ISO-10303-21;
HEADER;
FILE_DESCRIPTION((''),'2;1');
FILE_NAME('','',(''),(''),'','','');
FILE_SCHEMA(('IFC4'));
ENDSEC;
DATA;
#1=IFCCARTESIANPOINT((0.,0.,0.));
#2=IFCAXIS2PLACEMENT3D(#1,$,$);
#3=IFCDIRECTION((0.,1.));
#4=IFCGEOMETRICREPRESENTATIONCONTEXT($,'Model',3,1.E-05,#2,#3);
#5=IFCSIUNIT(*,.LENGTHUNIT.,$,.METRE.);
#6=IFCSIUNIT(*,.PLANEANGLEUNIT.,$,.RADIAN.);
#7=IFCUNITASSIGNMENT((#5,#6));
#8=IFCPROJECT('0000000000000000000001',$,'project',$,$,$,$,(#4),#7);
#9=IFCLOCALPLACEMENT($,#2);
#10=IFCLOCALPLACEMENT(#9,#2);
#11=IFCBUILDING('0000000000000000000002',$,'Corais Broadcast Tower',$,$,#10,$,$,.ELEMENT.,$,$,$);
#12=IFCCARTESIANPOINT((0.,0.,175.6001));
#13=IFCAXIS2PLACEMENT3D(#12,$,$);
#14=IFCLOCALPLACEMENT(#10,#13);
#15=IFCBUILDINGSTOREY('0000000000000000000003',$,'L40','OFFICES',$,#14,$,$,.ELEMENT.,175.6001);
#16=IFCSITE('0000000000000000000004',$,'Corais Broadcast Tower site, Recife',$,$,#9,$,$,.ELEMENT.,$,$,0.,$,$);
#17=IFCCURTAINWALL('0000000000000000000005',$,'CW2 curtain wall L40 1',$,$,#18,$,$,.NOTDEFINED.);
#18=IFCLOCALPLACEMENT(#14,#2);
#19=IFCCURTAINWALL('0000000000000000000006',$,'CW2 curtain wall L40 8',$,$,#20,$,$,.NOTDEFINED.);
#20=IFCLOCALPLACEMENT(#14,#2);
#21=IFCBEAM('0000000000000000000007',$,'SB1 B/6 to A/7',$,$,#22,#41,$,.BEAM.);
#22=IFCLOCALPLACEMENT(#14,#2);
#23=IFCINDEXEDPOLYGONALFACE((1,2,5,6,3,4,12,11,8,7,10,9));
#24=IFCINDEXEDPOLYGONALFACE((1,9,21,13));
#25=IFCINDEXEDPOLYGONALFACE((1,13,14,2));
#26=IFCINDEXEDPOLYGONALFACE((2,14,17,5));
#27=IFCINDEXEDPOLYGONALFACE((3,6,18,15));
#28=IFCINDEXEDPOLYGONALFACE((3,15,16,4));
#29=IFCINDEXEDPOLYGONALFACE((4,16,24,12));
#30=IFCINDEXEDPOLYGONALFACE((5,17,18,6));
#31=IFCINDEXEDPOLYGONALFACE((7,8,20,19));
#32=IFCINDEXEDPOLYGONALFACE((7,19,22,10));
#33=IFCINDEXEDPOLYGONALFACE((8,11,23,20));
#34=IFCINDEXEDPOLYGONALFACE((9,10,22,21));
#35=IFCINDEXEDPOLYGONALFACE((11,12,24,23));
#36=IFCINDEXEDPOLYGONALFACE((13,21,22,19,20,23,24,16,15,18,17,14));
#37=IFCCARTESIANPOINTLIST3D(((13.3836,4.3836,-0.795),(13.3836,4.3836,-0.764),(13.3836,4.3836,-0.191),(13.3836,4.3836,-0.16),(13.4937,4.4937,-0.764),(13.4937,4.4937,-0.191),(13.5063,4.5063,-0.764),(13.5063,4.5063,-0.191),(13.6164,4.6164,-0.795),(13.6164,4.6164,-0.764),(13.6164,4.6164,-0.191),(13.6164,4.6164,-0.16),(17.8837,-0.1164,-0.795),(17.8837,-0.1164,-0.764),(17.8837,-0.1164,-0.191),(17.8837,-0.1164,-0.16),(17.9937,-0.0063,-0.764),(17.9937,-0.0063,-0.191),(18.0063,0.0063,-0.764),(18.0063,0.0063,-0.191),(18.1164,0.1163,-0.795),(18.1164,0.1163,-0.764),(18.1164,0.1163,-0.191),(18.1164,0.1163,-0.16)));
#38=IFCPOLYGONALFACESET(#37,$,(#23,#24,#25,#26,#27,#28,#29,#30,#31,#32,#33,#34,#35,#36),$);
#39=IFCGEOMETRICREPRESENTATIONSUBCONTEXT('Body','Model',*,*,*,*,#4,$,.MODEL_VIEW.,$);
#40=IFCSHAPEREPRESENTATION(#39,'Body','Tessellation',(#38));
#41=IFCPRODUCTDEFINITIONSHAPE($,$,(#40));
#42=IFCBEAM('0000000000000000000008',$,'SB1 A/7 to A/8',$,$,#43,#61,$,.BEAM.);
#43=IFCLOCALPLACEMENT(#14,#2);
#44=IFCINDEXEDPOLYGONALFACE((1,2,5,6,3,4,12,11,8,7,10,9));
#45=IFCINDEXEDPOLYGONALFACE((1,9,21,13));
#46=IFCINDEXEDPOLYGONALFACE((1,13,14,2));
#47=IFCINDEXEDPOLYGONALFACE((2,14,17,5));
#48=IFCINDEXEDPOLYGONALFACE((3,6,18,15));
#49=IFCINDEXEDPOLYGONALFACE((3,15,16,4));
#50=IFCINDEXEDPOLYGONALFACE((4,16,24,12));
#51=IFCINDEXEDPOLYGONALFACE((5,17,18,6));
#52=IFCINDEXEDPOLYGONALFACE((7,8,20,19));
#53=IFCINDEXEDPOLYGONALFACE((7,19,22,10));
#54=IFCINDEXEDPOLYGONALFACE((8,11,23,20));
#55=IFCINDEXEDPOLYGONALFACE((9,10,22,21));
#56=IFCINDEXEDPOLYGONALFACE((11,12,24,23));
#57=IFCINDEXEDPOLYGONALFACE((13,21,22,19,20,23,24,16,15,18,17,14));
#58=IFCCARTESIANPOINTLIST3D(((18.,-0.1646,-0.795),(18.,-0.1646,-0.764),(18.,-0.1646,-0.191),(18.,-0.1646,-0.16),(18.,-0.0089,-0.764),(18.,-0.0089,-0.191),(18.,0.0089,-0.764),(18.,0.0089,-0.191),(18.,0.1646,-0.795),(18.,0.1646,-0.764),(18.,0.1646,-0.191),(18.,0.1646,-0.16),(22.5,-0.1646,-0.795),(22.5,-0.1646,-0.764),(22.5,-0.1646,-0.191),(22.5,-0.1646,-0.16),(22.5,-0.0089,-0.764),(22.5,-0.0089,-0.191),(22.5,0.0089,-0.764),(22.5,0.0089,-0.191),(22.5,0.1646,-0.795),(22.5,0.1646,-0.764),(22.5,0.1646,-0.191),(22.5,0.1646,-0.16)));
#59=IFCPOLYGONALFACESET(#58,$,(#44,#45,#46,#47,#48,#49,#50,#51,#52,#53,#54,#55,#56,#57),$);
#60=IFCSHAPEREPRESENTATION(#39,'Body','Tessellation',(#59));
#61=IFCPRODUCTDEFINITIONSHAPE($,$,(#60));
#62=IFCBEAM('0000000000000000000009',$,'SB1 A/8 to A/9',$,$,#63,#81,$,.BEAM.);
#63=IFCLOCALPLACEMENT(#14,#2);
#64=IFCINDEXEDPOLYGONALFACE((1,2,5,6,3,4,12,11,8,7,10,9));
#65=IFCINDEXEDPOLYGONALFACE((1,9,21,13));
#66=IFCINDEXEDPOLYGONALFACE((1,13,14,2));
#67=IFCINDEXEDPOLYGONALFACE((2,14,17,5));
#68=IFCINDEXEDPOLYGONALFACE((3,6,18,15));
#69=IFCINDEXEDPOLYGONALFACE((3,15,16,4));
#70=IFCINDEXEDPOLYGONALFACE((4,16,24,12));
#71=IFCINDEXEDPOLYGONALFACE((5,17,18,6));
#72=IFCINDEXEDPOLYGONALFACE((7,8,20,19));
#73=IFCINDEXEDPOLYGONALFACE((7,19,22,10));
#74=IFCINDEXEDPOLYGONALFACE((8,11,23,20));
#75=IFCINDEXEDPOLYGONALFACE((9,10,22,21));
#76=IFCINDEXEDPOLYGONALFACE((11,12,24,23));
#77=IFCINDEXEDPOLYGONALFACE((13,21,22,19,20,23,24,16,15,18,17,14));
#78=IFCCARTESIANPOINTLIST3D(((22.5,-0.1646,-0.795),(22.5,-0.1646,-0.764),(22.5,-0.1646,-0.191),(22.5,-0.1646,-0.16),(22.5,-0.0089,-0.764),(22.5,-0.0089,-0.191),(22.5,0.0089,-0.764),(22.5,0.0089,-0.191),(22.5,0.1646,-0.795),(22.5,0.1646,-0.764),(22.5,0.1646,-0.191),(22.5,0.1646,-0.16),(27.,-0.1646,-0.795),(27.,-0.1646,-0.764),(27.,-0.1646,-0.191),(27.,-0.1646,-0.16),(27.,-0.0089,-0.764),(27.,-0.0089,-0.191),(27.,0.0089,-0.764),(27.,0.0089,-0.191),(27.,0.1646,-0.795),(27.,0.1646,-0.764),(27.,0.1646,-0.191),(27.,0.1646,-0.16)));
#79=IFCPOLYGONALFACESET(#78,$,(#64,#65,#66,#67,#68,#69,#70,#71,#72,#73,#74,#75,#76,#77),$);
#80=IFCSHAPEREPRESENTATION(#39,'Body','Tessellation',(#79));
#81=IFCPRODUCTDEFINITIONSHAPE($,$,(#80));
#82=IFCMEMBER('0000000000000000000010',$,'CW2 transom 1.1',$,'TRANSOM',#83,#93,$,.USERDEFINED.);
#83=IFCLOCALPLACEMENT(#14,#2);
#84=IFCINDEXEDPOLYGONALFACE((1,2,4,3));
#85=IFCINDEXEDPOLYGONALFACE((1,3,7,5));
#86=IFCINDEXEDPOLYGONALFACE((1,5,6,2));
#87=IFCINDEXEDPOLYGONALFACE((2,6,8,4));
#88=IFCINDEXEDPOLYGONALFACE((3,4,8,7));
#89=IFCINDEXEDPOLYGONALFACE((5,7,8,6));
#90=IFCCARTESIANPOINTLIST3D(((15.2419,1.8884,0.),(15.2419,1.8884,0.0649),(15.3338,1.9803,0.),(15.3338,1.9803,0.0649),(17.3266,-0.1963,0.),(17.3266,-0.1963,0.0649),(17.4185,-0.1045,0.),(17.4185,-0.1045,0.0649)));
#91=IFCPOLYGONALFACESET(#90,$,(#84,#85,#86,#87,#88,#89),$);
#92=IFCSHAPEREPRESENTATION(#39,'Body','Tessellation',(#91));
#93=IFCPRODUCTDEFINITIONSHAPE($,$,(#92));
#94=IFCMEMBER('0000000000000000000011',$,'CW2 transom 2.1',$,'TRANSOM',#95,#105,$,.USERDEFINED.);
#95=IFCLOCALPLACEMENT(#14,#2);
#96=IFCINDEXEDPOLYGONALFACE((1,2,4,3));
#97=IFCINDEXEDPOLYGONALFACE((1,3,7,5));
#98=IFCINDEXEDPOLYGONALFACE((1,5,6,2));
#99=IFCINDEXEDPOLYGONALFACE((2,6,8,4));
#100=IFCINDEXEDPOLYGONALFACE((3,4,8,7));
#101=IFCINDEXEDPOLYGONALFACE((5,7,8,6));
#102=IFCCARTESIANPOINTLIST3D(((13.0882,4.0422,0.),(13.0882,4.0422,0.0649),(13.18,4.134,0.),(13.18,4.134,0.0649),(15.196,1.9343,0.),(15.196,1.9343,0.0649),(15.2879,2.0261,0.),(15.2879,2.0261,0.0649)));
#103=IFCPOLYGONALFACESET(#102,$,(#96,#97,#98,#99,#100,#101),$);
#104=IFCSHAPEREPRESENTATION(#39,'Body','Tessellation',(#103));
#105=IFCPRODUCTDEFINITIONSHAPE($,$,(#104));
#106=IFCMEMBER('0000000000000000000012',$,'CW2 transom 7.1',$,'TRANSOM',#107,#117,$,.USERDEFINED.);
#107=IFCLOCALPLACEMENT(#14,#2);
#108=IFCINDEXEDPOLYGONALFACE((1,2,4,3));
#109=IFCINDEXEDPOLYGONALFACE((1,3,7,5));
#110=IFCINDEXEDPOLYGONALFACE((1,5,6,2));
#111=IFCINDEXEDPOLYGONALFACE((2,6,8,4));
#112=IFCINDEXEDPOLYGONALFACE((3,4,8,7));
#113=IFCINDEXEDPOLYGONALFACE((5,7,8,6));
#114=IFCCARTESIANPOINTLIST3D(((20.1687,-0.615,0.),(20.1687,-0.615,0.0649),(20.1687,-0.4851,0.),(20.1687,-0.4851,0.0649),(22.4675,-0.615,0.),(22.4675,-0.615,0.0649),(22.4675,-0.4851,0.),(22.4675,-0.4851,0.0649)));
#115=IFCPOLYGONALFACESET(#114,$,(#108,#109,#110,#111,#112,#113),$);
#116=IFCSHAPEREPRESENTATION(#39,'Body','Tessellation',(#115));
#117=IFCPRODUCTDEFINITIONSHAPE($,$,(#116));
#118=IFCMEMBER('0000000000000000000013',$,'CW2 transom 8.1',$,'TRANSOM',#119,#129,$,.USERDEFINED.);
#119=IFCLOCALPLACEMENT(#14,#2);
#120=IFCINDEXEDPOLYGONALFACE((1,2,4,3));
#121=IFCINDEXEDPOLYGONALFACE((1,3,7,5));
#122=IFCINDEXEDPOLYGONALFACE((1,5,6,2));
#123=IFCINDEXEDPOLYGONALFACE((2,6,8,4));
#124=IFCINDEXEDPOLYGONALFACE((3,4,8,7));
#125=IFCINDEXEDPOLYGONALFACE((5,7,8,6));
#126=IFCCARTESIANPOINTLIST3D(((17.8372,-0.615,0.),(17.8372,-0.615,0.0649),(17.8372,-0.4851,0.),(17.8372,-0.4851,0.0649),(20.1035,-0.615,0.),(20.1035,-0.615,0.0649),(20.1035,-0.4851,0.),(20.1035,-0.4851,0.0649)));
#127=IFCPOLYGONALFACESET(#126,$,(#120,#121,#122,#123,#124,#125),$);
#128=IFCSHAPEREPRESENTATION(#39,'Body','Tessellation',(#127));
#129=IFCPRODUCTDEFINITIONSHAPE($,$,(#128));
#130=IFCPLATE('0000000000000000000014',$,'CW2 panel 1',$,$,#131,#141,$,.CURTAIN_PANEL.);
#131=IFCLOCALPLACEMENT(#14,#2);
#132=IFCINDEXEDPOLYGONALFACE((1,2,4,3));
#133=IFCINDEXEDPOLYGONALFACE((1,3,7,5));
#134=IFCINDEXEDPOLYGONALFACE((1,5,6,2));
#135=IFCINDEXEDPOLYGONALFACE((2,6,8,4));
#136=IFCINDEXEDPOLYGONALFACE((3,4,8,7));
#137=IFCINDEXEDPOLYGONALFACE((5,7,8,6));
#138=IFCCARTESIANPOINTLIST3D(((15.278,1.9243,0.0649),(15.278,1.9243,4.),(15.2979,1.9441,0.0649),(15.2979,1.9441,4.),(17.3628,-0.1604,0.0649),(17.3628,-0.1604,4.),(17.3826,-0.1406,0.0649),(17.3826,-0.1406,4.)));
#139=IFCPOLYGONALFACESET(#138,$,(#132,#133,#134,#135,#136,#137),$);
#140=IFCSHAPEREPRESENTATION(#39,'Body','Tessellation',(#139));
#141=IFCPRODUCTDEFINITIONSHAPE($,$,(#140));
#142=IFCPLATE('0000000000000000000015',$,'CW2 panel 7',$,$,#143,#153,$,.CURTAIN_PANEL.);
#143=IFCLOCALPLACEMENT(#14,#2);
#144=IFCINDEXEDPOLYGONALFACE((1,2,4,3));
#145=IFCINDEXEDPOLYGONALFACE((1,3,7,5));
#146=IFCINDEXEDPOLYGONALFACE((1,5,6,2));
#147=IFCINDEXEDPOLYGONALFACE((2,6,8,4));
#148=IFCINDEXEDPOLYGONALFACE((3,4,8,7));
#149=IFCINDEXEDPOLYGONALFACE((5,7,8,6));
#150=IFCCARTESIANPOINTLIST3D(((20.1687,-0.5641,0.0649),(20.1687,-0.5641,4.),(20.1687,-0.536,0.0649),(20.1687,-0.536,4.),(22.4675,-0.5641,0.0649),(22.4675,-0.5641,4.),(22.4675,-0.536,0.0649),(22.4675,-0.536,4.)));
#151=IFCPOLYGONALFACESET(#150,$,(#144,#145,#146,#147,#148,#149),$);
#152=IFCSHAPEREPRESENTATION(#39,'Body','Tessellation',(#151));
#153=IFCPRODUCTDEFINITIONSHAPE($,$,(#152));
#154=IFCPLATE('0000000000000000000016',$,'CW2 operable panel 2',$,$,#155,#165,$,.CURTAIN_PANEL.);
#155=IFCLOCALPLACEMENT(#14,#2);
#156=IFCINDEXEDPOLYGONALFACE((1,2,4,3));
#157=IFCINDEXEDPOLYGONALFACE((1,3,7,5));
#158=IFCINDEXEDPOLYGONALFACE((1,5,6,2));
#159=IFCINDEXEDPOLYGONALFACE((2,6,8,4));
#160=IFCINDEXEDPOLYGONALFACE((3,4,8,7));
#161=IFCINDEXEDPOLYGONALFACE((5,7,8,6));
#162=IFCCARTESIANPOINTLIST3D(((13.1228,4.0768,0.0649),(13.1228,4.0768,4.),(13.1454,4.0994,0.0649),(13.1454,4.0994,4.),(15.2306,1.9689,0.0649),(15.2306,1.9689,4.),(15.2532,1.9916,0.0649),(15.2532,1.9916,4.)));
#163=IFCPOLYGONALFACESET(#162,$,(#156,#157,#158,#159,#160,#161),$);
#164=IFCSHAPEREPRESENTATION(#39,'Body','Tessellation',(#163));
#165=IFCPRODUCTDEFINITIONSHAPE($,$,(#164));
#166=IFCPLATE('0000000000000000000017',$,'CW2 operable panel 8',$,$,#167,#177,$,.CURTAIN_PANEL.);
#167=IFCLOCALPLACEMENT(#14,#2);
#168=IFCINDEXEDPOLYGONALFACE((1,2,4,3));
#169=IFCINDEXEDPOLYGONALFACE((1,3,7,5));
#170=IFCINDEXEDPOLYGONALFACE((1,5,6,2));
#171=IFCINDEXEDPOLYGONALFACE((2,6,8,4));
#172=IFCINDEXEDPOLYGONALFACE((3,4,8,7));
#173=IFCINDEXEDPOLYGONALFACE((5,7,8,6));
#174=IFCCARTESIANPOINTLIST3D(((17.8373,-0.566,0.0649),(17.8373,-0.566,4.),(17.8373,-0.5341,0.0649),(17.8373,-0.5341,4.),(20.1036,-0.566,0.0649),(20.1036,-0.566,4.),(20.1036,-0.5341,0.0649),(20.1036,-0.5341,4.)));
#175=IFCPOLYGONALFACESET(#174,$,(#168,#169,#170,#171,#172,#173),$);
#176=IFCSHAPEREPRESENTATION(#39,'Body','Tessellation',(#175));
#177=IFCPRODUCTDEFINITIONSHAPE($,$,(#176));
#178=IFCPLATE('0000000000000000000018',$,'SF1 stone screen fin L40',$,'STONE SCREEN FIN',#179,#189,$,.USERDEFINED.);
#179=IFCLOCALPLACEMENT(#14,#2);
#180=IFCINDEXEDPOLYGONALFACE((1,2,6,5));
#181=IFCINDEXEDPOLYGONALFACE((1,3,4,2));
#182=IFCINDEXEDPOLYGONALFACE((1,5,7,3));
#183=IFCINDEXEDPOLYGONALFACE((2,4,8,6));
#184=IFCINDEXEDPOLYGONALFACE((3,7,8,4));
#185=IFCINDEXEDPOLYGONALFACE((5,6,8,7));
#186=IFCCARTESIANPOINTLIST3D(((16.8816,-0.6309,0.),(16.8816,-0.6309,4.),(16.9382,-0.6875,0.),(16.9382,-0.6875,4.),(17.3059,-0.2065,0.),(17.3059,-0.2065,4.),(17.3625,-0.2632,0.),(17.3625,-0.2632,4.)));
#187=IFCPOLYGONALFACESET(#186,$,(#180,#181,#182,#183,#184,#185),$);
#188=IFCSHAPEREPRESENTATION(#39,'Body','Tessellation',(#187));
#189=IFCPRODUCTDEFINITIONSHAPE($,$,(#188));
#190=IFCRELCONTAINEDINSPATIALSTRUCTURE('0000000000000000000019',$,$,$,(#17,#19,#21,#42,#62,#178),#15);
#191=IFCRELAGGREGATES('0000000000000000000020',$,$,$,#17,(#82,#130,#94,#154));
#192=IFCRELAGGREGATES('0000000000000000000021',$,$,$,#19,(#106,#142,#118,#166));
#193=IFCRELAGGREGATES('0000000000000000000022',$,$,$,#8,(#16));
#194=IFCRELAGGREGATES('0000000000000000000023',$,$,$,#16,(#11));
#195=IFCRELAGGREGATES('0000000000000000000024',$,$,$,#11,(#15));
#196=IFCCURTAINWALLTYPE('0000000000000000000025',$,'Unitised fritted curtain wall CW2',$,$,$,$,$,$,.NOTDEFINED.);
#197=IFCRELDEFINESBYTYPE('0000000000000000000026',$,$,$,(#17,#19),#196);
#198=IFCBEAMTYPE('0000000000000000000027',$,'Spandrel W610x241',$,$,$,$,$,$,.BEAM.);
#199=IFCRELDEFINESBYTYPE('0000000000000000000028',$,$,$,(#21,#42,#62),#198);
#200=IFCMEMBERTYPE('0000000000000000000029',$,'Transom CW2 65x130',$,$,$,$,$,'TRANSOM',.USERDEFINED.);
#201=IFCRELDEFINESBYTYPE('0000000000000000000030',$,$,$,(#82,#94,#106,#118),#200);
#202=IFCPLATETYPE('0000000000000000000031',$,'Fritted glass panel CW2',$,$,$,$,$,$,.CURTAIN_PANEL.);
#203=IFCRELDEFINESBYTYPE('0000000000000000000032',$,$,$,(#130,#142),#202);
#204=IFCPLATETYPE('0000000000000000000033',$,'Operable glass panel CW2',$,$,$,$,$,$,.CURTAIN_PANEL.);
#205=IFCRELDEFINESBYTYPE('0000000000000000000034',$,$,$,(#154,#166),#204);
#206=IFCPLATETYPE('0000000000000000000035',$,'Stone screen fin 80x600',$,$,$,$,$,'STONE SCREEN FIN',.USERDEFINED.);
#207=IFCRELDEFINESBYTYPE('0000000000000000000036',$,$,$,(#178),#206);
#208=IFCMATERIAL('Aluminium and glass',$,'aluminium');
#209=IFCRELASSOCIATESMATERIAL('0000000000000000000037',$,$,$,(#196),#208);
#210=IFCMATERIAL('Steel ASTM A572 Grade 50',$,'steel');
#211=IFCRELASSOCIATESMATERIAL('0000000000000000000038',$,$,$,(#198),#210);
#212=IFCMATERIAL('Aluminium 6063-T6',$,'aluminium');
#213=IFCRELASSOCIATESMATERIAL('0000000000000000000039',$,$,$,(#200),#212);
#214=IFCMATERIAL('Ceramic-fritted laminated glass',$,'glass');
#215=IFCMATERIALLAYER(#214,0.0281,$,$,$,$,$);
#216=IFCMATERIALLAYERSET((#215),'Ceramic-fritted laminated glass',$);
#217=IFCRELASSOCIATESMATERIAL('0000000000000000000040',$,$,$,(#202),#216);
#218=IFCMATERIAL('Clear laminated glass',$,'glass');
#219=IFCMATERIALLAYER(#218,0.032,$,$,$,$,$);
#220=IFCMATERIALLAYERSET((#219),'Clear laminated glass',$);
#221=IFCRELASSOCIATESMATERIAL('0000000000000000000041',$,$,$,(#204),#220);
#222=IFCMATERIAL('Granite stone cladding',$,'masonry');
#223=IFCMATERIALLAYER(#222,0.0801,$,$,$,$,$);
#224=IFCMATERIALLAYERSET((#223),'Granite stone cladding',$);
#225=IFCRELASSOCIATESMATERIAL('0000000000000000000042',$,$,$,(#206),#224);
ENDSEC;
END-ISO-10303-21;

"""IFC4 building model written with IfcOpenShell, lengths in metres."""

from ifc_helpers import new_model, si_unit, direction, frame, origin, origin_2d, place, context, subcontext, project, spatial, rectangle, i_section, extrude, material, layer, layer_set, material_profile, profile_set, type_object, element, aggregate, save


model = new_model("IFC4")

# Units and contexts
model_context = context("Model", 3, precision=1e-05, world=origin(), true_north=direction((0.0, 1.0)))
body_context = subcontext(model_context, "Body", "Model", "MODEL_VIEW")
ifc_project = project(units=[si_unit("LENGTHUNIT", "METRE"), si_unit("PLANEANGLEUNIT", "RADIAN")], contexts=[model_context])

# Site, building, storey
site_placement = place(None, origin())
site = spatial("IfcSite", under=ifc_project, at=site_placement, Name="Corais Broadcast Tower site, Recife", CompositionType="ELEMENT", RefElevation=0.0)
building_placement = place(site_placement, origin())
building = spatial("IfcBuilding", under=site, at=building_placement, Name="Corais Broadcast Tower", CompositionType="ELEMENT")
storey_placement = place(building_placement, frame((0.0, 0.0, 175.6001)))
storey = spatial("IfcBuildingStorey", under=building, at=storey_placement, Name="L40", Description="OFFICES", CompositionType="ELEMENT", Elevation=175.6001)

# Curtain walls
ifc_material_1 = material(Name="Aluminium and glass", Category="aluminium")
curtain_wall_type = type_object("IfcCurtainWallType", Name="Unitised fritted curtain wall CW2", PredefinedType="NOTDEFINED", material=ifc_material_1)
curtain_wall_1_placement = place(storey_placement, origin())
curtain_wall_1 = element("IfcCurtainWall", 1, at=curtain_wall_1_placement, inside=storey, type_object=curtain_wall_type, Name="CW2 curtain wall L40 1", PredefinedType="NOTDEFINED")
curtain_wall_2_placement = place(storey_placement, origin())
curtain_wall_2 = element("IfcCurtainWall", 2, at=curtain_wall_2_placement, inside=storey, type_object=curtain_wall_type, Name="CW2 curtain wall L40 8", PredefinedType="NOTDEFINED")

# Beams
ifc_material_2 = material(Name="Steel ASTM A572 Grade 50", Category="steel")
ifc_material_profile_1 = material_profile(ifc_material_2, i_section(OverallWidth=0.3291, OverallDepth=0.635, WebThickness=0.0178, FlangeThickness=0.031, at=origin_2d()), Name="W610x241")
ifc_profile_set_1 = profile_set([ifc_material_profile_1], Name="Steel ASTM A572 Grade 50")
beam_type_1 = type_object("IfcBeamType", Name="Spandrel W610x241", PredefinedType="BEAM", material=ifc_profile_set_1)
beam_1_placement = place(storey_placement, frame((13.5, 4.5, -0.4775), z_axis=(0.707107, -0.707107, 0.0), x_axis=(0.707107, 0.707107, 0.0)))
element("IfcBeam", 3, at=beam_1_placement, inside=storey, type_object=beam_type_1, Name="SB1 B/6 to A/7", PredefinedType="BEAM", context=body_context, shape_type="SweptSolid", body=[
    extrude(i_section(OverallWidth=0.3291, OverallDepth=0.635, WebThickness=0.0178, FlangeThickness=0.031, at=origin_2d()), origin(), (0.0, 0.0, 1.0), 6.364),
])
for number, where, z_axis, x_axis, name in (
    (4, (18.0, 0.0, -0.4775), (1.0, 0.0, 0.0), (0.0, 1.0, 0.0), "SB1 A/7 to A/8"),
    (5, (22.5, 0.0, -0.4775), (1.0, 0.0, 0.0), (0.0, 1.0, 0.0), "SB1 A/8 to A/9"),
):
    element("IfcBeam", number, at=place(storey_placement, frame(where, z_axis=z_axis, x_axis=x_axis)), inside=storey, type_object=beam_type_1, Name=name, PredefinedType="BEAM", context=body_context, shape_type="SweptSolid", body=[
        extrude(i_section(OverallWidth=0.3291, OverallDepth=0.635, WebThickness=0.0178, FlangeThickness=0.031, at=origin_2d()), origin(), (0.0, 0.0, 1.0), 4.5),
    ])

# Members
ifc_material_3 = material(Name="Aluminium 6063-T6", Category="aluminium")
ifc_material_profile_2 = material_profile(ifc_material_3, rectangle(XDim=0.1299, YDim=0.0649, at=origin_2d()), Name="Transom CW2 65x130")
ifc_profile_set_2 = profile_set([ifc_material_profile_2], Name="Aluminium 6063-T6")
member_type_1 = type_object("IfcMemberType", Name="Transom CW2 65x130", ElementType="TRANSOM", PredefinedType="USERDEFINED", material=ifc_profile_set_2)
member_1_placement = place(storey_placement, frame((17.3726, -0.1504, 0.0325), z_axis=(-0.707107, 0.707107, 0.0), x_axis=(-0.707107, -0.707107, 0.0)))
member_1 = element("IfcMember", 6, at=member_1_placement, type_object=member_type_1, Name="CW2 transom 1.1", ObjectType="TRANSOM", PredefinedType="USERDEFINED", context=body_context, shape_type="SweptSolid", body=[
    extrude(rectangle(XDim=0.1299, YDim=0.0649, at=origin_2d()), origin(), (0.0, 0.0, 1.0), 2.9482),
])
member_2_placement = place(storey_placement, frame((15.2419, 1.9802, 0.0325), z_axis=(-0.707107, 0.707107, 0.0), x_axis=(-0.707107, -0.707107, 0.0)))
member_2 = element("IfcMember", 7, at=member_2_placement, type_object=member_type_1, Name="CW2 transom 2.1", ObjectType="TRANSOM", PredefinedType="USERDEFINED", context=body_context, shape_type="SweptSolid", body=[
    extrude(rectangle(XDim=0.1299, YDim=0.0649, at=origin_2d()), origin(), (0.0, 0.0, 1.0), 2.981),
])
member_3_placement = place(storey_placement, frame((22.4675, -0.55, 0.0325), z_axis=(-1.0, 0.0, 0.0), x_axis=(0.0, -1.0, 0.0)))
member_3 = element("IfcMember", 8, at=member_3_placement, type_object=member_type_1, Name="CW2 transom 7.1", ObjectType="TRANSOM", PredefinedType="USERDEFINED", context=body_context, shape_type="SweptSolid", body=[
    extrude(rectangle(XDim=0.1299, YDim=0.0649, at=origin_2d()), origin(), (0.0, 0.0, 1.0), 2.2988),
])
member_4_placement = place(storey_placement, frame((20.1035, -0.55, 0.0325), z_axis=(-1.0, 0.0, 0.0), x_axis=(0.0, -1.0, 0.0)))
member_4 = element("IfcMember", 9, at=member_4_placement, type_object=member_type_1, Name="CW2 transom 8.1", ObjectType="TRANSOM", PredefinedType="USERDEFINED", context=body_context, shape_type="SweptSolid", body=[
    extrude(rectangle(XDim=0.1299, YDim=0.0649, at=origin_2d()), origin(), (0.0, 0.0, 1.0), 2.2664),
])

# Plates
ifc_material_4 = material(Name="Ceramic-fritted laminated glass", Category="glass")
ifc_layer_1 = layer(ifc_material_4, 0.0281)
ifc_layer_set_1 = layer_set([ifc_layer_1], Name="Ceramic-fritted laminated glass")
plate_type_1 = type_object("IfcPlateType", Name="Fritted glass panel CW2", PredefinedType="CURTAIN_PANEL", material=ifc_layer_set_1)
plate_1_placement = place(storey_placement, frame((16.3303, 0.8918, 0.0649), z_axis=(0.0, 0.0, 1.0), x_axis=(-0.707107, 0.707107, 0.0)))
plate_1 = element("IfcPlate", 10, at=plate_1_placement, type_object=plate_type_1, Name="CW2 panel 1", PredefinedType="CURTAIN_PANEL", context=body_context, shape_type="SweptSolid", body=[
    extrude(rectangle(XDim=2.9482, YDim=0.0281, at=origin_2d()), origin(), (0.0, 0.0, 1.0), 3.9351),
])
plate_2_placement = place(storey_placement, frame((21.3181, -0.55, 0.0649), z_axis=(0.0, 0.0, 1.0), x_axis=(-1.0, 0.0, 0.0)))
plate_2 = element("IfcPlate", 11, at=plate_2_placement, type_object=plate_type_1, Name="CW2 panel 7", PredefinedType="CURTAIN_PANEL", context=body_context, shape_type="SweptSolid", body=[
    extrude(rectangle(XDim=2.2988, YDim=0.0281, at=origin_2d()), origin(), (0.0, 0.0, 1.0), 3.9351),
])
ifc_material_5 = material(Name="Clear laminated glass", Category="glass")
ifc_layer_2 = layer(ifc_material_5, 0.032)
ifc_layer_set_2 = layer_set([ifc_layer_2], Name="Clear laminated glass")
plate_type_2 = type_object("IfcPlateType", Name="Operable glass panel CW2", PredefinedType="CURTAIN_PANEL", material=ifc_layer_set_2)
plate_3_placement = place(storey_placement, frame((14.188, 3.0342, 0.0649), z_axis=(0.0, 0.0, 1.0), x_axis=(-0.707107, 0.707107, 0.0)))
plate_3 = element("IfcPlate", 12, at=plate_3_placement, type_object=plate_type_2, Name="CW2 operable panel 2", PredefinedType="CURTAIN_PANEL", context=body_context, shape_type="SweptSolid", body=[
    extrude(rectangle(XDim=2.981, YDim=0.032, at=origin_2d()), origin(), (0.0, 0.0, 1.0), 3.9351),
])
aggregate(curtain_wall_1, [member_1, plate_1, member_2, plate_3])
plate_4_placement = place(storey_placement, frame((18.9705, -0.55, 0.0649), z_axis=(0.0, 0.0, 1.0), x_axis=(-1.0, 0.0, 0.0)))
plate_4 = element("IfcPlate", 13, at=plate_4_placement, type_object=plate_type_2, Name="CW2 operable panel 8", PredefinedType="CURTAIN_PANEL", context=body_context, shape_type="SweptSolid", body=[
    extrude(rectangle(XDim=2.2664, YDim=0.032, at=origin_2d()), origin(), (0.0, 0.0, 1.0), 3.9351),
])
aggregate(curtain_wall_2, [member_3, plate_2, member_4, plate_4])
ifc_material_6 = material(Name="Granite stone cladding", Category="masonry")
ifc_layer_3 = layer(ifc_material_6, 0.0801)
ifc_layer_set_3 = layer_set([ifc_layer_3], Name="Granite stone cladding")
plate_type_3 = type_object("IfcPlateType", Name="Stone screen fin 80x600", ElementType="STONE SCREEN FIN", PredefinedType="USERDEFINED", material=ifc_layer_set_3)
plate_5_placement = place(storey_placement, frame((17.1221, -0.447, 0.0), z_axis=(0.0, 0.0, 1.0), x_axis=(-0.707107, 0.707107, 0.0)))
element("IfcPlate", 14, at=plate_5_placement, inside=storey, type_object=plate_type_3, Name="SF1 stone screen fin L40", ObjectType="STONE SCREEN FIN", PredefinedType="USERDEFINED", context=body_context, shape_type="SweptSolid", body=[
    extrude(rectangle(XDim=0.0801, YDim=0.6001, at=origin_2d()), origin(), (0.0, 0.0, 1.0), 4.0),
])

save(model, "model.ifc")
